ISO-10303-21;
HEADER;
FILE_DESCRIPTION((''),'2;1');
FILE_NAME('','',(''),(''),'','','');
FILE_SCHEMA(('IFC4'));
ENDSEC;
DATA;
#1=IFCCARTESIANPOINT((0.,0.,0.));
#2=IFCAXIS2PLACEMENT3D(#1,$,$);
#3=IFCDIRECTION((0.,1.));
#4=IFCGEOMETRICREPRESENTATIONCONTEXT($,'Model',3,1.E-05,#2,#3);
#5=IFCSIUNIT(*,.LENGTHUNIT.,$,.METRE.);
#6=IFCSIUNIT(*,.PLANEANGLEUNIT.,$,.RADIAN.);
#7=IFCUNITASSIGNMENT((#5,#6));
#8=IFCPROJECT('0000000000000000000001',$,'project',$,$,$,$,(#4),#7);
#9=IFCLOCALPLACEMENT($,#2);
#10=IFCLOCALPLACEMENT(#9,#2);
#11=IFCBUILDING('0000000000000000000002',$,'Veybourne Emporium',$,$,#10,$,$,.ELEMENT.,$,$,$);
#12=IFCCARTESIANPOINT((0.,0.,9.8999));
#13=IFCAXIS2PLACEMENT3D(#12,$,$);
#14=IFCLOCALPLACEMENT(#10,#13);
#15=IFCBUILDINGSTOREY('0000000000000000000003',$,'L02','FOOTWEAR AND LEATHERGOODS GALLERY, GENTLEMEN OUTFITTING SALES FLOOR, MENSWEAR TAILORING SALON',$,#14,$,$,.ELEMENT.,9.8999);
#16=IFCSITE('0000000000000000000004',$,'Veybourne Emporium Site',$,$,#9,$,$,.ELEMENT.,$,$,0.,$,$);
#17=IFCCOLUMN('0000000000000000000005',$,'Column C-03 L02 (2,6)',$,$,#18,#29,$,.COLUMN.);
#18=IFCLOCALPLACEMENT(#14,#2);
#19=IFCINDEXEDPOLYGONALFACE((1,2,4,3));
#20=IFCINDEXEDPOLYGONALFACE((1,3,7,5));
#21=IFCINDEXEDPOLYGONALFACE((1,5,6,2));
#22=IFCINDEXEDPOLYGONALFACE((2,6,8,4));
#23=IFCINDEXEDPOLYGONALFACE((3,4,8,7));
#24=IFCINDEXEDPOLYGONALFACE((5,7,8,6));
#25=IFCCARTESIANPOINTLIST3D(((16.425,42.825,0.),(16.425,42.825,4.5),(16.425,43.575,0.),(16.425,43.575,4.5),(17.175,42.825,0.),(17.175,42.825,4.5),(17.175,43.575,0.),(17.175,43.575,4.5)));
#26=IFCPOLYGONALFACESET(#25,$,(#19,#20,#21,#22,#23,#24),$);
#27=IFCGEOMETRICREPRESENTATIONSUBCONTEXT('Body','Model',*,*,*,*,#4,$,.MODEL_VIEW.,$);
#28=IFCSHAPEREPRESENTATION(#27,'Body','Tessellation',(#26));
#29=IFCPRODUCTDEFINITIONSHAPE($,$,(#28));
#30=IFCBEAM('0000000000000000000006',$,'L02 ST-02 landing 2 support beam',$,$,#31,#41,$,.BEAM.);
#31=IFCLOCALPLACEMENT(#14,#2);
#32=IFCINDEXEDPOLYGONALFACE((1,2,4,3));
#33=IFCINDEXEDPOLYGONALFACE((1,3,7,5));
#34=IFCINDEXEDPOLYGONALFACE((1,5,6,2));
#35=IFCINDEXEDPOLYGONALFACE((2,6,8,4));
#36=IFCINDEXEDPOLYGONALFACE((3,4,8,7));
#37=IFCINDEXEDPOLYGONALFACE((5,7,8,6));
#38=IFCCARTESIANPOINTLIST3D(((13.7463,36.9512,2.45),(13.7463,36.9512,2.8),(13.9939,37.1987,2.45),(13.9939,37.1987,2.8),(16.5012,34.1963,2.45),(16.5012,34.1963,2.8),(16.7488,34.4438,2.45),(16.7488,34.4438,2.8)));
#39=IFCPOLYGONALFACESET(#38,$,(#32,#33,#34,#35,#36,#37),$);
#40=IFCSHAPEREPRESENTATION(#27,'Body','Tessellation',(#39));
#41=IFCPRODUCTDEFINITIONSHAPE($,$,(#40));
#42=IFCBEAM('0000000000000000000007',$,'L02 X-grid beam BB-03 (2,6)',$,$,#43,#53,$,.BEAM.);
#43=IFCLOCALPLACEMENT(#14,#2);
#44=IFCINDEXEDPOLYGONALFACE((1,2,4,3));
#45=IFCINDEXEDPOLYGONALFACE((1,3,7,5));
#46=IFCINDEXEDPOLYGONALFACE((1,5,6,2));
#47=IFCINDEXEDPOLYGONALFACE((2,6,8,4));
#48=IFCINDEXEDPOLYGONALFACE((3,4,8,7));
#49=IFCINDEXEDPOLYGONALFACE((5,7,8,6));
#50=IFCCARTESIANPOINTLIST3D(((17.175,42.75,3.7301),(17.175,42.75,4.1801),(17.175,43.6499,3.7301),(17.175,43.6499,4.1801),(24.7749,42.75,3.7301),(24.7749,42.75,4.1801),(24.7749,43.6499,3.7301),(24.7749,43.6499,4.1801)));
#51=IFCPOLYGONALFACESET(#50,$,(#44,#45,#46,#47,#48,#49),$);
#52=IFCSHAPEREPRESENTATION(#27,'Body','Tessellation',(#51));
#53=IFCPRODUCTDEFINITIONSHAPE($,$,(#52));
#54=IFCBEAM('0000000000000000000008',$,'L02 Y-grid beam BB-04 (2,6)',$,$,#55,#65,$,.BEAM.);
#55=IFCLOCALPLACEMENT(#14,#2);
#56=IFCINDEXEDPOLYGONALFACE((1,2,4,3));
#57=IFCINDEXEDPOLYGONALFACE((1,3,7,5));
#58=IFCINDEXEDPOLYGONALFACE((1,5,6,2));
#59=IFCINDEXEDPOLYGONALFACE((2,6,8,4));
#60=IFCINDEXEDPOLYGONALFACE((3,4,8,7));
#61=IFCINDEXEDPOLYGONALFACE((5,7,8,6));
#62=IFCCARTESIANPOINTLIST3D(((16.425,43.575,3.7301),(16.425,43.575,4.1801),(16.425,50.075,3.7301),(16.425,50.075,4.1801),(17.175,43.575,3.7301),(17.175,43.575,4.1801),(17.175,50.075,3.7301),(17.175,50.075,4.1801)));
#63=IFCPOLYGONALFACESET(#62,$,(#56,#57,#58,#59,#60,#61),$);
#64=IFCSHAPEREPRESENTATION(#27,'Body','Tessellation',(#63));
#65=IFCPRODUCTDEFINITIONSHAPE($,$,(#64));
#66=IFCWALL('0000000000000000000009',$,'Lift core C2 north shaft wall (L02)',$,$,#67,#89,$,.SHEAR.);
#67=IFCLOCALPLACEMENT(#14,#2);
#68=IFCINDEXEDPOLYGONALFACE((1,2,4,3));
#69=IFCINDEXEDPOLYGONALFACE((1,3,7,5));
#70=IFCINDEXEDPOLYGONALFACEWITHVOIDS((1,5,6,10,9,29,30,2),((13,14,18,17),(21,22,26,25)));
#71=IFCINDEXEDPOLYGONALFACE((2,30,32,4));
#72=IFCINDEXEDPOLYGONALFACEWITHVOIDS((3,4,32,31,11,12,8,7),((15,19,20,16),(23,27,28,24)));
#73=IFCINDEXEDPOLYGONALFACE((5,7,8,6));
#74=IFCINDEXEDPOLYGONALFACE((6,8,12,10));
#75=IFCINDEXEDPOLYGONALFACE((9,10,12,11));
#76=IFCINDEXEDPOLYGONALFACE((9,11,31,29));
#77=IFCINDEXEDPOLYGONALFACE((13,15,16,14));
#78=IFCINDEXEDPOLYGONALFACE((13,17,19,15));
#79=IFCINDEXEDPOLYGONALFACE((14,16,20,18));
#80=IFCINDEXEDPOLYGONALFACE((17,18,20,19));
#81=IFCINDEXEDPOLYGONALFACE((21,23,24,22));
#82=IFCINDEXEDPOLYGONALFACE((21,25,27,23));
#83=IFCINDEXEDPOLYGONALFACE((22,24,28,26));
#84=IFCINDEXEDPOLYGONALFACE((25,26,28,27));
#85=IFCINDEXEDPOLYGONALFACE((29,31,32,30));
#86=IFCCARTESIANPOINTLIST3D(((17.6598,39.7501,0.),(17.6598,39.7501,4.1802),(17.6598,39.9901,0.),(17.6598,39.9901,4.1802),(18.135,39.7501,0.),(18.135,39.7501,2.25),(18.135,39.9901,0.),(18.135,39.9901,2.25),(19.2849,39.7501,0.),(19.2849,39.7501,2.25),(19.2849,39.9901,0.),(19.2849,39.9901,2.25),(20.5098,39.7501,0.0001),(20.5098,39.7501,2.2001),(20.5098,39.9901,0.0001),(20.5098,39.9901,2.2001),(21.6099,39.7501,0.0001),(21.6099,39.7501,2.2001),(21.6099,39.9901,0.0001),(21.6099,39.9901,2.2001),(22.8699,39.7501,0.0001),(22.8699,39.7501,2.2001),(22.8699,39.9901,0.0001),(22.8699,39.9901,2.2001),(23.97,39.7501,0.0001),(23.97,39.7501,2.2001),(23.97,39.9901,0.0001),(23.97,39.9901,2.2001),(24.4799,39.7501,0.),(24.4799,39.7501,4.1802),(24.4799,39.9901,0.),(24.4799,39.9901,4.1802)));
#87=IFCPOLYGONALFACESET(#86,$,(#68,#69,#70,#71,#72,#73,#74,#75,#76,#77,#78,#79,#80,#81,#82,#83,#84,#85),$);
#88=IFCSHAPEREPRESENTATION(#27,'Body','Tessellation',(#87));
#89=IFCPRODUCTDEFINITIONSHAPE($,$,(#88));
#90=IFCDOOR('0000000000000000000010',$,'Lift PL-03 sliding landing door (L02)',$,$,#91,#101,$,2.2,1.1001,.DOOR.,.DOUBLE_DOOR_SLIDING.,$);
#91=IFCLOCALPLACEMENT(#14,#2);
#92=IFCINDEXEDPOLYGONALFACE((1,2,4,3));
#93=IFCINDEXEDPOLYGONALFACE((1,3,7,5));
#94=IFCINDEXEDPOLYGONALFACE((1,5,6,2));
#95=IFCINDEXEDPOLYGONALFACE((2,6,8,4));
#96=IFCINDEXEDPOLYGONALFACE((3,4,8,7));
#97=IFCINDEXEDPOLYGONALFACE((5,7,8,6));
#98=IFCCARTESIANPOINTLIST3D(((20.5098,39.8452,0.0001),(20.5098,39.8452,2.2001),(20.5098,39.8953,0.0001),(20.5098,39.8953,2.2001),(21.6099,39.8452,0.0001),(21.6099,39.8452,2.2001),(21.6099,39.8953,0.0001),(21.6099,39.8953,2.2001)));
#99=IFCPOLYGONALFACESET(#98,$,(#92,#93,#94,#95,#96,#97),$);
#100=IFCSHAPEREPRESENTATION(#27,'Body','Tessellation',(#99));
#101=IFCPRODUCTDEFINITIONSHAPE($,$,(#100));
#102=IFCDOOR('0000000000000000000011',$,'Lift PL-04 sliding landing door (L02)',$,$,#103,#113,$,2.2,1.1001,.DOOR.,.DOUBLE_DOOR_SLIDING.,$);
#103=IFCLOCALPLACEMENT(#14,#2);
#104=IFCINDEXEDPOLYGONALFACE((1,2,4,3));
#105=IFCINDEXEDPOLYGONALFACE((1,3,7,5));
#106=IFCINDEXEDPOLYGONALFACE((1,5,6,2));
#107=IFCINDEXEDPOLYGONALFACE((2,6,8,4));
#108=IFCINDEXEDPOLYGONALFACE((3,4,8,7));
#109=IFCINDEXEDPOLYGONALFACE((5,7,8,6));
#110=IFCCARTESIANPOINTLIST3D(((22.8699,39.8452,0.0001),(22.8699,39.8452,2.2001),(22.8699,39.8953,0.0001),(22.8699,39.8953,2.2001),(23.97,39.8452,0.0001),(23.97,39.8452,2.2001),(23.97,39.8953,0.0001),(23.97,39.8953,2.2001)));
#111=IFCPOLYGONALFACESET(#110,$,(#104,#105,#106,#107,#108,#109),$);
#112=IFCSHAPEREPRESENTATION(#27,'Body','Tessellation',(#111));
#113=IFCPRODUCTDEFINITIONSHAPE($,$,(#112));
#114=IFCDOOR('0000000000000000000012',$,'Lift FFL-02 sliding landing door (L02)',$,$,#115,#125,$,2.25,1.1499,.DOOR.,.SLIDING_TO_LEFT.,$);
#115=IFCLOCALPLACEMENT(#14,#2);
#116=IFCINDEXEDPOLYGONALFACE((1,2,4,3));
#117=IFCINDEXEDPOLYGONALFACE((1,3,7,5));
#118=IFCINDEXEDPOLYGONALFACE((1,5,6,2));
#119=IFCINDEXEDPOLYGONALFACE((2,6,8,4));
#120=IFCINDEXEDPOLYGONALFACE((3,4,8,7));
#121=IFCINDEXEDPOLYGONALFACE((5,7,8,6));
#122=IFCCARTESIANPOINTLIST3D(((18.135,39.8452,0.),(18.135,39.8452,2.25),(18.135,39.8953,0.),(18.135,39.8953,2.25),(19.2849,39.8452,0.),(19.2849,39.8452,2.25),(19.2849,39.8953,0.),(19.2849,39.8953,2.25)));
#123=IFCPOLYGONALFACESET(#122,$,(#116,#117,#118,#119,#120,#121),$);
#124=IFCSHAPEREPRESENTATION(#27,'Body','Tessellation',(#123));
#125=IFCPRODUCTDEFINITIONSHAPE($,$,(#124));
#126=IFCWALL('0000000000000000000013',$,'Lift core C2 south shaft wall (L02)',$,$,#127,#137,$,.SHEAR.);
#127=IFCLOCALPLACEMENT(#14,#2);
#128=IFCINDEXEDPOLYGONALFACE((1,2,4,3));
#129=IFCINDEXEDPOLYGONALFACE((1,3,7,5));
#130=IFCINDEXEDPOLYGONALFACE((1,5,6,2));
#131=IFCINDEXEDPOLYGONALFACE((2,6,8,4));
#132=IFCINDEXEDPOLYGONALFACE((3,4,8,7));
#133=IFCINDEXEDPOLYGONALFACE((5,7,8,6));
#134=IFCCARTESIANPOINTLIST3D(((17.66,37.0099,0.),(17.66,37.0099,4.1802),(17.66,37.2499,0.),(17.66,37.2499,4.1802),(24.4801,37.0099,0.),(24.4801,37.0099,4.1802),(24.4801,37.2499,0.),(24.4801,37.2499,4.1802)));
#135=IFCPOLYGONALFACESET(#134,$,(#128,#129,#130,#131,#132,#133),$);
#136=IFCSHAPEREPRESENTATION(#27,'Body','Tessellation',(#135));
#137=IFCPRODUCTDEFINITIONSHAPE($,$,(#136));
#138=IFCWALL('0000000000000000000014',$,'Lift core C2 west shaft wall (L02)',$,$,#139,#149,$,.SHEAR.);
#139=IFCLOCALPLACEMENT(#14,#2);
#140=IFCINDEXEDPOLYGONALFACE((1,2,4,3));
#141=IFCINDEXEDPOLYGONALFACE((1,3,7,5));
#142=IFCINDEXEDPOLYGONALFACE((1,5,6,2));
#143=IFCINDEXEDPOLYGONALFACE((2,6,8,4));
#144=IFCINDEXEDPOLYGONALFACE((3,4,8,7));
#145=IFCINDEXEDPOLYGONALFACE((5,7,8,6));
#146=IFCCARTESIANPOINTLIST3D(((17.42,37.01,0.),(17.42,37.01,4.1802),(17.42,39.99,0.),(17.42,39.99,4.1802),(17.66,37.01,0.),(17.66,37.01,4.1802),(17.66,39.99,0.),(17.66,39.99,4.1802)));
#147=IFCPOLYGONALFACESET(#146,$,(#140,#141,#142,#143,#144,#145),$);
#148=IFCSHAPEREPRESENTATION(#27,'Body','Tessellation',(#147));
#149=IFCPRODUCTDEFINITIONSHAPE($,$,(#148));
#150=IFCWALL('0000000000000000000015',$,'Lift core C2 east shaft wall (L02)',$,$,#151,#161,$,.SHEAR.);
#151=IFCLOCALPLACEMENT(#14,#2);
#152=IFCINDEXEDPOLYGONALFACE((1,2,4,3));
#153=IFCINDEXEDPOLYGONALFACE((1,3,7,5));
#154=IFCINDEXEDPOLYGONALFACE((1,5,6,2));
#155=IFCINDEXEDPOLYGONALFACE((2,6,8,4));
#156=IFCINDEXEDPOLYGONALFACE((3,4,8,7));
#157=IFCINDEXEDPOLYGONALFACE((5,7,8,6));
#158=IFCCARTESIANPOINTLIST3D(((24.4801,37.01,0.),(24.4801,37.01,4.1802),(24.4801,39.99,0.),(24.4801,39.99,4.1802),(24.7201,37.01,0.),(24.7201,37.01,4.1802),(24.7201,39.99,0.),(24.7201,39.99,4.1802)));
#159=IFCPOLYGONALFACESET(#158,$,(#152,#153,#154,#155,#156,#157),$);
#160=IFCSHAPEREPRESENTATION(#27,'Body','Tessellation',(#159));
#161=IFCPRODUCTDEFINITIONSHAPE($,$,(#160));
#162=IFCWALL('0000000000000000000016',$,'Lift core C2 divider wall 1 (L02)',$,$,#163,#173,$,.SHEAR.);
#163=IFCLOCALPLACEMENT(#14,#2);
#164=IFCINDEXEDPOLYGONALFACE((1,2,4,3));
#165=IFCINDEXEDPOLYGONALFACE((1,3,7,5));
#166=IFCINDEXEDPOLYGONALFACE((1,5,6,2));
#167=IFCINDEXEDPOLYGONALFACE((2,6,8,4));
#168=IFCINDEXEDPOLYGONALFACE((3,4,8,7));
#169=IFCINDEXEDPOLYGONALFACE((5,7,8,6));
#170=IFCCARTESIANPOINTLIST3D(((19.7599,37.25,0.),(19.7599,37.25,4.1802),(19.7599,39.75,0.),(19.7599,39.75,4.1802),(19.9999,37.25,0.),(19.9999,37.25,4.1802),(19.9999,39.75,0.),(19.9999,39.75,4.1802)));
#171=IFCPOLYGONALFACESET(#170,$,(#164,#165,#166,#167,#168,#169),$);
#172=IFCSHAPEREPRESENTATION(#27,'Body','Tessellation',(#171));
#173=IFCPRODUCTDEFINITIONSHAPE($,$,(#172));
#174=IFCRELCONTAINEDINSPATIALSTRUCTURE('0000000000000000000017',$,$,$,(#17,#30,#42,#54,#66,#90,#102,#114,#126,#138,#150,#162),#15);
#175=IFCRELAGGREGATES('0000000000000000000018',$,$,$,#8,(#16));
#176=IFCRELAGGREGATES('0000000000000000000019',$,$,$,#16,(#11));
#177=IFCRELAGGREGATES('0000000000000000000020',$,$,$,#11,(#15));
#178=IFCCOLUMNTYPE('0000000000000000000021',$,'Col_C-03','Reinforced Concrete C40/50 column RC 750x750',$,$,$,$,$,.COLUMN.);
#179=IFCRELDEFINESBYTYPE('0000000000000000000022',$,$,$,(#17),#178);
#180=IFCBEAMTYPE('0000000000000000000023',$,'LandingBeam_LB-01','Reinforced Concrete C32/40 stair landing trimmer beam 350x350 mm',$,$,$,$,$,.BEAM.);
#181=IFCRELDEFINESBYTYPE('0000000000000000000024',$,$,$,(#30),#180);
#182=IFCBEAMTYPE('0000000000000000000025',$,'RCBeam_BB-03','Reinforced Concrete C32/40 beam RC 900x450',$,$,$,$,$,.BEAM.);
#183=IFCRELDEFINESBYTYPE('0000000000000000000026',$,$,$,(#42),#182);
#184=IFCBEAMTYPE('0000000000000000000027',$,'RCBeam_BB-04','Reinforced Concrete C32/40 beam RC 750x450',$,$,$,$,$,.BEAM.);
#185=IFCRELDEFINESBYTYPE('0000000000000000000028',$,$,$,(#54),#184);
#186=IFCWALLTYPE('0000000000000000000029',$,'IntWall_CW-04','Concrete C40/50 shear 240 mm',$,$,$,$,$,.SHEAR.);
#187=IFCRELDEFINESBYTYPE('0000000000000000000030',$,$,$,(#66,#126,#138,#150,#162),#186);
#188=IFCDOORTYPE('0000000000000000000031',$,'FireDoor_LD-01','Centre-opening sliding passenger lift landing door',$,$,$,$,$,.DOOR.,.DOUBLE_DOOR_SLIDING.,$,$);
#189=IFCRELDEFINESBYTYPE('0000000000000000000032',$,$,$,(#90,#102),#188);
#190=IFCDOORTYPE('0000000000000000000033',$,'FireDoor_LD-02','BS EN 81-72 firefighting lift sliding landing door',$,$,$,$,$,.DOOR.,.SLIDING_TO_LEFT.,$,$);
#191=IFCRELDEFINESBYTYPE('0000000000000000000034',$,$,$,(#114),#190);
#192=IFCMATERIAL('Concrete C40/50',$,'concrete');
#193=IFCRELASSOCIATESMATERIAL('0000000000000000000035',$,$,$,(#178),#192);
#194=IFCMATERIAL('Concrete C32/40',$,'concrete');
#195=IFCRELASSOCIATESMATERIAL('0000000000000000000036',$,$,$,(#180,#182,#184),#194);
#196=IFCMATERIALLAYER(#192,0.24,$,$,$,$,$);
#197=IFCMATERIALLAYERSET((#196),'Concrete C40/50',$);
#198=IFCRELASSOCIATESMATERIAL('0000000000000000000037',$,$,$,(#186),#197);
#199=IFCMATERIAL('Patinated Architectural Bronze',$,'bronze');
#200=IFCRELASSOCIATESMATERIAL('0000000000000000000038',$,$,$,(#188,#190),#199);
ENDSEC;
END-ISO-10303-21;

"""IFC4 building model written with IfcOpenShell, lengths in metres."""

from ifc_helpers import new_model, si_unit, direction, frame, frame_2d, origin, origin_2d, place, context, subcontext, project, spatial, rectangle, extrude, material, layer, layer_set, material_profile, profile_set, type_object, element, fill, save


model = new_model("IFC4")

# Units and contexts
model_context = context("Model", 3, precision=1e-05, world=origin(), true_north=direction((0.0, 1.0)))
body_context = subcontext(model_context, "Body", "Model", "MODEL_VIEW")
ifc_project = project(units=[si_unit("LENGTHUNIT", "METRE"), si_unit("PLANEANGLEUNIT", "RADIAN")], contexts=[model_context])

# Site, building, storey
site_placement = place(None, origin())
site = spatial("IfcSite", under=ifc_project, at=site_placement, Name="Veybourne Emporium Site", CompositionType="ELEMENT", RefElevation=0.0)
building_placement = place(site_placement, origin())
building = spatial("IfcBuilding", under=site, at=building_placement, Name="Veybourne Emporium", CompositionType="ELEMENT")
storey_placement = place(building_placement, frame((0.0, 0.0, 9.8999)))
storey = spatial("IfcBuildingStorey", under=building, at=storey_placement, Name="L02", Description="FOOTWEAR AND LEATHERGOODS GALLERY, GENTLEMEN OUTFITTING SALES FLOOR, MENSWEAR TAILORING SALON", CompositionType="ELEMENT", Elevation=9.8999)

# Column
ifc_material_1 = material(Name="Concrete C40/50", Category="concrete")
ifc_material_profile_1 = material_profile(ifc_material_1, rectangle(XDim=0.75, YDim=0.75, at=origin_2d()), Name="RC 750x750")
ifc_profile_set_1 = profile_set([ifc_material_profile_1], Name="Concrete C40/50")
column_type = type_object("IfcColumnType", Name="Col_C-03", Description="Reinforced Concrete C40/50 column RC 750x750", PredefinedType="COLUMN", material=ifc_profile_set_1)
column_placement = place(storey_placement, frame((16.8, 43.2, 0.0), z_axis=(0.0, 0.0, 1.0), x_axis=(1.0, 0.0, 0.0)))
element("IfcColumn", 1, at=column_placement, inside=storey, type_object=column_type, Name="Column C-03 L02 (2,6)", PredefinedType="COLUMN", context=body_context, shape_type="SweptSolid", body=[
    extrude(rectangle(XDim=0.75, YDim=0.75, at=origin_2d()), origin(), (0.0, 0.0, 1.0), 4.5),
])

# Beams
ifc_material_2 = material(Name="Concrete C32/40", Category="concrete")
ifc_material_profile_2 = material_profile(ifc_material_2, rectangle(XDim=0.3501, YDim=0.3501, at=origin_2d()), Name="RC 350x350")
ifc_profile_set_2 = profile_set([ifc_material_profile_2], Name="Concrete C32/40")
beam_type_1 = type_object("IfcBeamType", Name="LandingBeam_LB-01", Description="Reinforced Concrete C32/40 stair landing trimmer beam 350x350 mm", PredefinedType="BEAM", material=ifc_profile_set_2)
beam_1_placement = place(storey_placement, frame((13.8701, 37.075, 2.625), z_axis=(0.707107, -0.707107, 0.0), x_axis=(0.707107, 0.707107, 0.0)))
element("IfcBeam", 2, at=beam_1_placement, inside=storey, type_object=beam_type_1, Name="L02 ST-02 landing 2 support beam", PredefinedType="BEAM", context=body_context, shape_type="SweptSolid", body=[
    extrude(rectangle(XDim=0.3501, YDim=0.3501, at=origin_2d()), origin(), (0.0, 0.0, 1.0), 3.896),
])
ifc_material_profile_3 = material_profile(ifc_material_2, rectangle(XDim=0.8999, YDim=0.45, at=origin_2d()), Name="RC 900x450")
ifc_profile_set_3 = profile_set([ifc_material_profile_3], Name="Concrete C32/40")
beam_type_2 = type_object("IfcBeamType", Name="RCBeam_BB-03", Description="Reinforced Concrete C32/40 beam RC 900x450", PredefinedType="BEAM", material=ifc_profile_set_3)
beam_2_placement = place(storey_placement, frame((17.175, 43.2, 3.9551), z_axis=(1.0, 0.0, 0.0), x_axis=(0.0, 1.0, 0.0)))
element("IfcBeam", 3, at=beam_2_placement, inside=storey, type_object=beam_type_2, Name="L02 X-grid beam BB-03 (2,6)", PredefinedType="BEAM", context=body_context, shape_type="SweptSolid", body=[
    extrude(rectangle(XDim=0.8999, YDim=0.45, at=origin_2d()), origin(), (0.0, 0.0, 1.0), 7.5999),
])
ifc_material_profile_4 = material_profile(ifc_material_2, rectangle(XDim=0.75, YDim=0.45, at=origin_2d()), Name="RC 750x450")
ifc_profile_set_4 = profile_set([ifc_material_profile_4], Name="Concrete C32/40")
beam_type_3 = type_object("IfcBeamType", Name="RCBeam_BB-04", Description="Reinforced Concrete C32/40 beam RC 750x450", PredefinedType="BEAM", material=ifc_profile_set_4)
beam_3_placement = place(storey_placement, frame((16.8, 43.575, 3.9551), z_axis=(0.0, 1.0, 0.0), x_axis=(-1.0, 0.0, 0.0)))
element("IfcBeam", 4, at=beam_3_placement, inside=storey, type_object=beam_type_3, Name="L02 Y-grid beam BB-04 (2,6)", PredefinedType="BEAM", context=body_context, shape_type="SweptSolid", body=[
    extrude(rectangle(XDim=0.75, YDim=0.45, at=origin_2d()), origin(), (0.0, 0.0, 1.0), 6.5),
])

# Wall, openings, doors
ifc_layer_1 = layer(ifc_material_1, 0.24)
ifc_layer_set_1 = layer_set([ifc_layer_1], Name="Concrete C40/50")
wall_type_1 = type_object("IfcWallType", Name="IntWall_CW-04", Description="Concrete C40/50 shear 240 mm", PredefinedType="SHEAR", material=ifc_layer_set_1)
wall_1_placement = place(storey_placement, frame((24.48, 39.8701, 0.0), z_axis=(0.0, 0.0, 1.0), x_axis=(-1.0, 0.0, 0.0)))
wall_1 = element("IfcWall", 5, at=wall_1_placement, inside=storey, type_object=wall_type_1, Name="Lift core C2 north shaft wall (L02)", PredefinedType="SHEAR", context=body_context, shape_type="SweptSolid", body=[
    extrude(rectangle(XDim=6.8201, YDim=0.24, at=frame_2d((3.4102, 0.0))), origin(), (0.0, 0.0, 1.0), 4.1802),
])
opening_1_placement = place(wall_1_placement, frame((5.1951, 0.0, 0.0)))
opening_1 = element("IfcOpeningElement", 6, at=opening_1_placement, cuts=wall_1, PredefinedType="OPENING", context=body_context, shape_type="SweptSolid", body=[
    extrude(rectangle(XDim=1.1499, YDim=2.25, at=frame_2d((0.575, 1.125))), frame((0.0, 0.1401, 0.0), z_axis=(0.0, -1.0, 0.0), x_axis=(1.0, 0.0, 0.0)), (0.0, 0.0, 1.0), 0.28),
])
opening_2_placement = place(wall_1_placement, frame((2.8701, 0.0, 0.0)))
opening_2 = element("IfcOpeningElement", 7, at=opening_2_placement, cuts=wall_1, PredefinedType="OPENING", context=body_context, shape_type="SweptSolid", body=[
    extrude(rectangle(XDim=1.1001, YDim=2.2, at=frame_2d((0.55, 1.1001))), frame((0.0, 0.1401, 0.0), z_axis=(0.0, -1.0, 0.0), x_axis=(1.0, 0.0, 0.0)), (0.0, 0.0, 1.0), 0.28),
])
opening_3_placement = place(wall_1_placement, frame((0.51, 0.0, 0.0)))
opening_3 = element("IfcOpeningElement", 8, at=opening_3_placement, cuts=wall_1, PredefinedType="OPENING", context=body_context, shape_type="SweptSolid", body=[
    extrude(rectangle(XDim=1.1001, YDim=2.2, at=frame_2d((0.55, 1.1001))), frame((0.0, 0.1401, 0.0), z_axis=(0.0, -1.0, 0.0), x_axis=(1.0, 0.0, 0.0)), (0.0, 0.0, 1.0), 0.28),
])
ifc_material_3 = material(Name="Patinated Architectural Bronze", Category="bronze")
door_type_1 = type_object("IfcDoorType", Name="FireDoor_LD-01", Description="Centre-opening sliding passenger lift landing door", OperationType="DOUBLE_DOOR_SLIDING", PredefinedType="DOOR", material=ifc_material_3)
door_1_placement = place(opening_2_placement, origin())
door_1 = element("IfcDoor", 9, at=door_1_placement, inside=storey, type_object=door_type_1, Name="Lift PL-03 sliding landing door (L02)", OperationType="DOUBLE_DOOR_SLIDING", OverallHeight=2.2, OverallWidth=1.1001, PredefinedType="DOOR", context=body_context, shape_type="SweptSolid", body=[
    extrude(rectangle(XDim=1.1001, YDim=2.2, at=frame_2d((0.55, 1.1001))), frame((0.0, 0.0249, 0.0), z_axis=(0.0, -1.0, 0.0), x_axis=(1.0, 0.0, 0.0)), (0.0, 0.0, 1.0), 0.05),
])
fill(opening_2, door_1)
door_2_placement = place(opening_3_placement, origin())
door_2 = element("IfcDoor", 10, at=door_2_placement, inside=storey, type_object=door_type_1, Name="Lift PL-04 sliding landing door (L02)", OperationType="DOUBLE_DOOR_SLIDING", OverallHeight=2.2, OverallWidth=1.1001, PredefinedType="DOOR", context=body_context, shape_type="SweptSolid", body=[
    extrude(rectangle(XDim=1.1001, YDim=2.2, at=frame_2d((0.55, 1.1001))), frame((0.0, 0.0249, 0.0), z_axis=(0.0, -1.0, 0.0), x_axis=(1.0, 0.0, 0.0)), (0.0, 0.0, 1.0), 0.05),
])
fill(opening_3, door_2)
door_type_2 = type_object("IfcDoorType", Name="FireDoor_LD-02", Description="BS EN 81-72 firefighting lift sliding landing door", OperationType="SLIDING_TO_LEFT", PredefinedType="DOOR", material=ifc_material_3)
door_3_placement = place(opening_1_placement, origin())
door_3 = element("IfcDoor", 11, at=door_3_placement, inside=storey, type_object=door_type_2, Name="Lift FFL-02 sliding landing door (L02)", OperationType="SLIDING_TO_LEFT", OverallHeight=2.25, OverallWidth=1.1499, PredefinedType="DOOR", context=body_context, shape_type="SweptSolid", body=[
    extrude(rectangle(XDim=1.1499, YDim=2.25, at=frame_2d((0.575, 1.125))), frame((0.0, 0.0249, 0.0), z_axis=(0.0, -1.0, 0.0), x_axis=(1.0, 0.0, 0.0)), (0.0, 0.0, 1.0), 0.05),
])
fill(opening_1, door_3)

# Walls
wall_2_placement = place(storey_placement, frame((17.6599, 37.1299, 0.0), z_axis=(0.0, 0.0, 1.0), x_axis=(1.0, 0.0, 0.0)))
element("IfcWall", 12, at=wall_2_placement, inside=storey, type_object=wall_type_1, Name="Lift core C2 south shaft wall (L02)", PredefinedType="SHEAR", context=body_context, shape_type="SweptSolid", body=[
    extrude(rectangle(XDim=6.8201, YDim=0.24, at=frame_2d((3.4102, 0.0))), origin(), (0.0, 0.0, 1.0), 4.1802),
])
for number, where, z_axis, x_axis, name in (
    (13, (17.54, 39.99, 0.0), (0.0, 0.0, 1.0), (0.0, -1.0, 0.0), "Lift core C2 west shaft wall (L02)"),
    (14, (24.6001, 37.01, 0.0), (0.0, 0.0, 1.0), (0.0, 1.0, 0.0), "Lift core C2 east shaft wall (L02)"),
):
    element("IfcWall", number, at=place(storey_placement, frame(where, z_axis=z_axis, x_axis=x_axis)), inside=storey, type_object=wall_type_1, Name=name, PredefinedType="SHEAR", context=body_context, shape_type="SweptSolid", body=[
        extrude(rectangle(XDim=2.98, YDim=0.24, at=frame_2d((1.49, 0.0))), origin(), (0.0, 0.0, 1.0), 4.1802),
    ])
for number, where, z_axis, x_axis, name in (
    (15, (19.8799, 37.25, 0.0), (0.0, 0.0, 1.0), (0.0, 1.0, 0.0), "Lift core C2 divider wall 1 (L02)"),
):
    element("IfcWall", number, at=place(storey_placement, frame(where, z_axis=z_axis, x_axis=x_axis)), inside=storey, type_object=wall_type_1, Name=name, PredefinedType="SHEAR", context=body_context, shape_type="SweptSolid", body=[
        extrude(rectangle(XDim=2.5, YDim=0.24, at=frame_2d((1.25, 0.0))), origin(), (0.0, 0.0, 1.0), 4.1802),
    ])

save(model, "model.ifc")
